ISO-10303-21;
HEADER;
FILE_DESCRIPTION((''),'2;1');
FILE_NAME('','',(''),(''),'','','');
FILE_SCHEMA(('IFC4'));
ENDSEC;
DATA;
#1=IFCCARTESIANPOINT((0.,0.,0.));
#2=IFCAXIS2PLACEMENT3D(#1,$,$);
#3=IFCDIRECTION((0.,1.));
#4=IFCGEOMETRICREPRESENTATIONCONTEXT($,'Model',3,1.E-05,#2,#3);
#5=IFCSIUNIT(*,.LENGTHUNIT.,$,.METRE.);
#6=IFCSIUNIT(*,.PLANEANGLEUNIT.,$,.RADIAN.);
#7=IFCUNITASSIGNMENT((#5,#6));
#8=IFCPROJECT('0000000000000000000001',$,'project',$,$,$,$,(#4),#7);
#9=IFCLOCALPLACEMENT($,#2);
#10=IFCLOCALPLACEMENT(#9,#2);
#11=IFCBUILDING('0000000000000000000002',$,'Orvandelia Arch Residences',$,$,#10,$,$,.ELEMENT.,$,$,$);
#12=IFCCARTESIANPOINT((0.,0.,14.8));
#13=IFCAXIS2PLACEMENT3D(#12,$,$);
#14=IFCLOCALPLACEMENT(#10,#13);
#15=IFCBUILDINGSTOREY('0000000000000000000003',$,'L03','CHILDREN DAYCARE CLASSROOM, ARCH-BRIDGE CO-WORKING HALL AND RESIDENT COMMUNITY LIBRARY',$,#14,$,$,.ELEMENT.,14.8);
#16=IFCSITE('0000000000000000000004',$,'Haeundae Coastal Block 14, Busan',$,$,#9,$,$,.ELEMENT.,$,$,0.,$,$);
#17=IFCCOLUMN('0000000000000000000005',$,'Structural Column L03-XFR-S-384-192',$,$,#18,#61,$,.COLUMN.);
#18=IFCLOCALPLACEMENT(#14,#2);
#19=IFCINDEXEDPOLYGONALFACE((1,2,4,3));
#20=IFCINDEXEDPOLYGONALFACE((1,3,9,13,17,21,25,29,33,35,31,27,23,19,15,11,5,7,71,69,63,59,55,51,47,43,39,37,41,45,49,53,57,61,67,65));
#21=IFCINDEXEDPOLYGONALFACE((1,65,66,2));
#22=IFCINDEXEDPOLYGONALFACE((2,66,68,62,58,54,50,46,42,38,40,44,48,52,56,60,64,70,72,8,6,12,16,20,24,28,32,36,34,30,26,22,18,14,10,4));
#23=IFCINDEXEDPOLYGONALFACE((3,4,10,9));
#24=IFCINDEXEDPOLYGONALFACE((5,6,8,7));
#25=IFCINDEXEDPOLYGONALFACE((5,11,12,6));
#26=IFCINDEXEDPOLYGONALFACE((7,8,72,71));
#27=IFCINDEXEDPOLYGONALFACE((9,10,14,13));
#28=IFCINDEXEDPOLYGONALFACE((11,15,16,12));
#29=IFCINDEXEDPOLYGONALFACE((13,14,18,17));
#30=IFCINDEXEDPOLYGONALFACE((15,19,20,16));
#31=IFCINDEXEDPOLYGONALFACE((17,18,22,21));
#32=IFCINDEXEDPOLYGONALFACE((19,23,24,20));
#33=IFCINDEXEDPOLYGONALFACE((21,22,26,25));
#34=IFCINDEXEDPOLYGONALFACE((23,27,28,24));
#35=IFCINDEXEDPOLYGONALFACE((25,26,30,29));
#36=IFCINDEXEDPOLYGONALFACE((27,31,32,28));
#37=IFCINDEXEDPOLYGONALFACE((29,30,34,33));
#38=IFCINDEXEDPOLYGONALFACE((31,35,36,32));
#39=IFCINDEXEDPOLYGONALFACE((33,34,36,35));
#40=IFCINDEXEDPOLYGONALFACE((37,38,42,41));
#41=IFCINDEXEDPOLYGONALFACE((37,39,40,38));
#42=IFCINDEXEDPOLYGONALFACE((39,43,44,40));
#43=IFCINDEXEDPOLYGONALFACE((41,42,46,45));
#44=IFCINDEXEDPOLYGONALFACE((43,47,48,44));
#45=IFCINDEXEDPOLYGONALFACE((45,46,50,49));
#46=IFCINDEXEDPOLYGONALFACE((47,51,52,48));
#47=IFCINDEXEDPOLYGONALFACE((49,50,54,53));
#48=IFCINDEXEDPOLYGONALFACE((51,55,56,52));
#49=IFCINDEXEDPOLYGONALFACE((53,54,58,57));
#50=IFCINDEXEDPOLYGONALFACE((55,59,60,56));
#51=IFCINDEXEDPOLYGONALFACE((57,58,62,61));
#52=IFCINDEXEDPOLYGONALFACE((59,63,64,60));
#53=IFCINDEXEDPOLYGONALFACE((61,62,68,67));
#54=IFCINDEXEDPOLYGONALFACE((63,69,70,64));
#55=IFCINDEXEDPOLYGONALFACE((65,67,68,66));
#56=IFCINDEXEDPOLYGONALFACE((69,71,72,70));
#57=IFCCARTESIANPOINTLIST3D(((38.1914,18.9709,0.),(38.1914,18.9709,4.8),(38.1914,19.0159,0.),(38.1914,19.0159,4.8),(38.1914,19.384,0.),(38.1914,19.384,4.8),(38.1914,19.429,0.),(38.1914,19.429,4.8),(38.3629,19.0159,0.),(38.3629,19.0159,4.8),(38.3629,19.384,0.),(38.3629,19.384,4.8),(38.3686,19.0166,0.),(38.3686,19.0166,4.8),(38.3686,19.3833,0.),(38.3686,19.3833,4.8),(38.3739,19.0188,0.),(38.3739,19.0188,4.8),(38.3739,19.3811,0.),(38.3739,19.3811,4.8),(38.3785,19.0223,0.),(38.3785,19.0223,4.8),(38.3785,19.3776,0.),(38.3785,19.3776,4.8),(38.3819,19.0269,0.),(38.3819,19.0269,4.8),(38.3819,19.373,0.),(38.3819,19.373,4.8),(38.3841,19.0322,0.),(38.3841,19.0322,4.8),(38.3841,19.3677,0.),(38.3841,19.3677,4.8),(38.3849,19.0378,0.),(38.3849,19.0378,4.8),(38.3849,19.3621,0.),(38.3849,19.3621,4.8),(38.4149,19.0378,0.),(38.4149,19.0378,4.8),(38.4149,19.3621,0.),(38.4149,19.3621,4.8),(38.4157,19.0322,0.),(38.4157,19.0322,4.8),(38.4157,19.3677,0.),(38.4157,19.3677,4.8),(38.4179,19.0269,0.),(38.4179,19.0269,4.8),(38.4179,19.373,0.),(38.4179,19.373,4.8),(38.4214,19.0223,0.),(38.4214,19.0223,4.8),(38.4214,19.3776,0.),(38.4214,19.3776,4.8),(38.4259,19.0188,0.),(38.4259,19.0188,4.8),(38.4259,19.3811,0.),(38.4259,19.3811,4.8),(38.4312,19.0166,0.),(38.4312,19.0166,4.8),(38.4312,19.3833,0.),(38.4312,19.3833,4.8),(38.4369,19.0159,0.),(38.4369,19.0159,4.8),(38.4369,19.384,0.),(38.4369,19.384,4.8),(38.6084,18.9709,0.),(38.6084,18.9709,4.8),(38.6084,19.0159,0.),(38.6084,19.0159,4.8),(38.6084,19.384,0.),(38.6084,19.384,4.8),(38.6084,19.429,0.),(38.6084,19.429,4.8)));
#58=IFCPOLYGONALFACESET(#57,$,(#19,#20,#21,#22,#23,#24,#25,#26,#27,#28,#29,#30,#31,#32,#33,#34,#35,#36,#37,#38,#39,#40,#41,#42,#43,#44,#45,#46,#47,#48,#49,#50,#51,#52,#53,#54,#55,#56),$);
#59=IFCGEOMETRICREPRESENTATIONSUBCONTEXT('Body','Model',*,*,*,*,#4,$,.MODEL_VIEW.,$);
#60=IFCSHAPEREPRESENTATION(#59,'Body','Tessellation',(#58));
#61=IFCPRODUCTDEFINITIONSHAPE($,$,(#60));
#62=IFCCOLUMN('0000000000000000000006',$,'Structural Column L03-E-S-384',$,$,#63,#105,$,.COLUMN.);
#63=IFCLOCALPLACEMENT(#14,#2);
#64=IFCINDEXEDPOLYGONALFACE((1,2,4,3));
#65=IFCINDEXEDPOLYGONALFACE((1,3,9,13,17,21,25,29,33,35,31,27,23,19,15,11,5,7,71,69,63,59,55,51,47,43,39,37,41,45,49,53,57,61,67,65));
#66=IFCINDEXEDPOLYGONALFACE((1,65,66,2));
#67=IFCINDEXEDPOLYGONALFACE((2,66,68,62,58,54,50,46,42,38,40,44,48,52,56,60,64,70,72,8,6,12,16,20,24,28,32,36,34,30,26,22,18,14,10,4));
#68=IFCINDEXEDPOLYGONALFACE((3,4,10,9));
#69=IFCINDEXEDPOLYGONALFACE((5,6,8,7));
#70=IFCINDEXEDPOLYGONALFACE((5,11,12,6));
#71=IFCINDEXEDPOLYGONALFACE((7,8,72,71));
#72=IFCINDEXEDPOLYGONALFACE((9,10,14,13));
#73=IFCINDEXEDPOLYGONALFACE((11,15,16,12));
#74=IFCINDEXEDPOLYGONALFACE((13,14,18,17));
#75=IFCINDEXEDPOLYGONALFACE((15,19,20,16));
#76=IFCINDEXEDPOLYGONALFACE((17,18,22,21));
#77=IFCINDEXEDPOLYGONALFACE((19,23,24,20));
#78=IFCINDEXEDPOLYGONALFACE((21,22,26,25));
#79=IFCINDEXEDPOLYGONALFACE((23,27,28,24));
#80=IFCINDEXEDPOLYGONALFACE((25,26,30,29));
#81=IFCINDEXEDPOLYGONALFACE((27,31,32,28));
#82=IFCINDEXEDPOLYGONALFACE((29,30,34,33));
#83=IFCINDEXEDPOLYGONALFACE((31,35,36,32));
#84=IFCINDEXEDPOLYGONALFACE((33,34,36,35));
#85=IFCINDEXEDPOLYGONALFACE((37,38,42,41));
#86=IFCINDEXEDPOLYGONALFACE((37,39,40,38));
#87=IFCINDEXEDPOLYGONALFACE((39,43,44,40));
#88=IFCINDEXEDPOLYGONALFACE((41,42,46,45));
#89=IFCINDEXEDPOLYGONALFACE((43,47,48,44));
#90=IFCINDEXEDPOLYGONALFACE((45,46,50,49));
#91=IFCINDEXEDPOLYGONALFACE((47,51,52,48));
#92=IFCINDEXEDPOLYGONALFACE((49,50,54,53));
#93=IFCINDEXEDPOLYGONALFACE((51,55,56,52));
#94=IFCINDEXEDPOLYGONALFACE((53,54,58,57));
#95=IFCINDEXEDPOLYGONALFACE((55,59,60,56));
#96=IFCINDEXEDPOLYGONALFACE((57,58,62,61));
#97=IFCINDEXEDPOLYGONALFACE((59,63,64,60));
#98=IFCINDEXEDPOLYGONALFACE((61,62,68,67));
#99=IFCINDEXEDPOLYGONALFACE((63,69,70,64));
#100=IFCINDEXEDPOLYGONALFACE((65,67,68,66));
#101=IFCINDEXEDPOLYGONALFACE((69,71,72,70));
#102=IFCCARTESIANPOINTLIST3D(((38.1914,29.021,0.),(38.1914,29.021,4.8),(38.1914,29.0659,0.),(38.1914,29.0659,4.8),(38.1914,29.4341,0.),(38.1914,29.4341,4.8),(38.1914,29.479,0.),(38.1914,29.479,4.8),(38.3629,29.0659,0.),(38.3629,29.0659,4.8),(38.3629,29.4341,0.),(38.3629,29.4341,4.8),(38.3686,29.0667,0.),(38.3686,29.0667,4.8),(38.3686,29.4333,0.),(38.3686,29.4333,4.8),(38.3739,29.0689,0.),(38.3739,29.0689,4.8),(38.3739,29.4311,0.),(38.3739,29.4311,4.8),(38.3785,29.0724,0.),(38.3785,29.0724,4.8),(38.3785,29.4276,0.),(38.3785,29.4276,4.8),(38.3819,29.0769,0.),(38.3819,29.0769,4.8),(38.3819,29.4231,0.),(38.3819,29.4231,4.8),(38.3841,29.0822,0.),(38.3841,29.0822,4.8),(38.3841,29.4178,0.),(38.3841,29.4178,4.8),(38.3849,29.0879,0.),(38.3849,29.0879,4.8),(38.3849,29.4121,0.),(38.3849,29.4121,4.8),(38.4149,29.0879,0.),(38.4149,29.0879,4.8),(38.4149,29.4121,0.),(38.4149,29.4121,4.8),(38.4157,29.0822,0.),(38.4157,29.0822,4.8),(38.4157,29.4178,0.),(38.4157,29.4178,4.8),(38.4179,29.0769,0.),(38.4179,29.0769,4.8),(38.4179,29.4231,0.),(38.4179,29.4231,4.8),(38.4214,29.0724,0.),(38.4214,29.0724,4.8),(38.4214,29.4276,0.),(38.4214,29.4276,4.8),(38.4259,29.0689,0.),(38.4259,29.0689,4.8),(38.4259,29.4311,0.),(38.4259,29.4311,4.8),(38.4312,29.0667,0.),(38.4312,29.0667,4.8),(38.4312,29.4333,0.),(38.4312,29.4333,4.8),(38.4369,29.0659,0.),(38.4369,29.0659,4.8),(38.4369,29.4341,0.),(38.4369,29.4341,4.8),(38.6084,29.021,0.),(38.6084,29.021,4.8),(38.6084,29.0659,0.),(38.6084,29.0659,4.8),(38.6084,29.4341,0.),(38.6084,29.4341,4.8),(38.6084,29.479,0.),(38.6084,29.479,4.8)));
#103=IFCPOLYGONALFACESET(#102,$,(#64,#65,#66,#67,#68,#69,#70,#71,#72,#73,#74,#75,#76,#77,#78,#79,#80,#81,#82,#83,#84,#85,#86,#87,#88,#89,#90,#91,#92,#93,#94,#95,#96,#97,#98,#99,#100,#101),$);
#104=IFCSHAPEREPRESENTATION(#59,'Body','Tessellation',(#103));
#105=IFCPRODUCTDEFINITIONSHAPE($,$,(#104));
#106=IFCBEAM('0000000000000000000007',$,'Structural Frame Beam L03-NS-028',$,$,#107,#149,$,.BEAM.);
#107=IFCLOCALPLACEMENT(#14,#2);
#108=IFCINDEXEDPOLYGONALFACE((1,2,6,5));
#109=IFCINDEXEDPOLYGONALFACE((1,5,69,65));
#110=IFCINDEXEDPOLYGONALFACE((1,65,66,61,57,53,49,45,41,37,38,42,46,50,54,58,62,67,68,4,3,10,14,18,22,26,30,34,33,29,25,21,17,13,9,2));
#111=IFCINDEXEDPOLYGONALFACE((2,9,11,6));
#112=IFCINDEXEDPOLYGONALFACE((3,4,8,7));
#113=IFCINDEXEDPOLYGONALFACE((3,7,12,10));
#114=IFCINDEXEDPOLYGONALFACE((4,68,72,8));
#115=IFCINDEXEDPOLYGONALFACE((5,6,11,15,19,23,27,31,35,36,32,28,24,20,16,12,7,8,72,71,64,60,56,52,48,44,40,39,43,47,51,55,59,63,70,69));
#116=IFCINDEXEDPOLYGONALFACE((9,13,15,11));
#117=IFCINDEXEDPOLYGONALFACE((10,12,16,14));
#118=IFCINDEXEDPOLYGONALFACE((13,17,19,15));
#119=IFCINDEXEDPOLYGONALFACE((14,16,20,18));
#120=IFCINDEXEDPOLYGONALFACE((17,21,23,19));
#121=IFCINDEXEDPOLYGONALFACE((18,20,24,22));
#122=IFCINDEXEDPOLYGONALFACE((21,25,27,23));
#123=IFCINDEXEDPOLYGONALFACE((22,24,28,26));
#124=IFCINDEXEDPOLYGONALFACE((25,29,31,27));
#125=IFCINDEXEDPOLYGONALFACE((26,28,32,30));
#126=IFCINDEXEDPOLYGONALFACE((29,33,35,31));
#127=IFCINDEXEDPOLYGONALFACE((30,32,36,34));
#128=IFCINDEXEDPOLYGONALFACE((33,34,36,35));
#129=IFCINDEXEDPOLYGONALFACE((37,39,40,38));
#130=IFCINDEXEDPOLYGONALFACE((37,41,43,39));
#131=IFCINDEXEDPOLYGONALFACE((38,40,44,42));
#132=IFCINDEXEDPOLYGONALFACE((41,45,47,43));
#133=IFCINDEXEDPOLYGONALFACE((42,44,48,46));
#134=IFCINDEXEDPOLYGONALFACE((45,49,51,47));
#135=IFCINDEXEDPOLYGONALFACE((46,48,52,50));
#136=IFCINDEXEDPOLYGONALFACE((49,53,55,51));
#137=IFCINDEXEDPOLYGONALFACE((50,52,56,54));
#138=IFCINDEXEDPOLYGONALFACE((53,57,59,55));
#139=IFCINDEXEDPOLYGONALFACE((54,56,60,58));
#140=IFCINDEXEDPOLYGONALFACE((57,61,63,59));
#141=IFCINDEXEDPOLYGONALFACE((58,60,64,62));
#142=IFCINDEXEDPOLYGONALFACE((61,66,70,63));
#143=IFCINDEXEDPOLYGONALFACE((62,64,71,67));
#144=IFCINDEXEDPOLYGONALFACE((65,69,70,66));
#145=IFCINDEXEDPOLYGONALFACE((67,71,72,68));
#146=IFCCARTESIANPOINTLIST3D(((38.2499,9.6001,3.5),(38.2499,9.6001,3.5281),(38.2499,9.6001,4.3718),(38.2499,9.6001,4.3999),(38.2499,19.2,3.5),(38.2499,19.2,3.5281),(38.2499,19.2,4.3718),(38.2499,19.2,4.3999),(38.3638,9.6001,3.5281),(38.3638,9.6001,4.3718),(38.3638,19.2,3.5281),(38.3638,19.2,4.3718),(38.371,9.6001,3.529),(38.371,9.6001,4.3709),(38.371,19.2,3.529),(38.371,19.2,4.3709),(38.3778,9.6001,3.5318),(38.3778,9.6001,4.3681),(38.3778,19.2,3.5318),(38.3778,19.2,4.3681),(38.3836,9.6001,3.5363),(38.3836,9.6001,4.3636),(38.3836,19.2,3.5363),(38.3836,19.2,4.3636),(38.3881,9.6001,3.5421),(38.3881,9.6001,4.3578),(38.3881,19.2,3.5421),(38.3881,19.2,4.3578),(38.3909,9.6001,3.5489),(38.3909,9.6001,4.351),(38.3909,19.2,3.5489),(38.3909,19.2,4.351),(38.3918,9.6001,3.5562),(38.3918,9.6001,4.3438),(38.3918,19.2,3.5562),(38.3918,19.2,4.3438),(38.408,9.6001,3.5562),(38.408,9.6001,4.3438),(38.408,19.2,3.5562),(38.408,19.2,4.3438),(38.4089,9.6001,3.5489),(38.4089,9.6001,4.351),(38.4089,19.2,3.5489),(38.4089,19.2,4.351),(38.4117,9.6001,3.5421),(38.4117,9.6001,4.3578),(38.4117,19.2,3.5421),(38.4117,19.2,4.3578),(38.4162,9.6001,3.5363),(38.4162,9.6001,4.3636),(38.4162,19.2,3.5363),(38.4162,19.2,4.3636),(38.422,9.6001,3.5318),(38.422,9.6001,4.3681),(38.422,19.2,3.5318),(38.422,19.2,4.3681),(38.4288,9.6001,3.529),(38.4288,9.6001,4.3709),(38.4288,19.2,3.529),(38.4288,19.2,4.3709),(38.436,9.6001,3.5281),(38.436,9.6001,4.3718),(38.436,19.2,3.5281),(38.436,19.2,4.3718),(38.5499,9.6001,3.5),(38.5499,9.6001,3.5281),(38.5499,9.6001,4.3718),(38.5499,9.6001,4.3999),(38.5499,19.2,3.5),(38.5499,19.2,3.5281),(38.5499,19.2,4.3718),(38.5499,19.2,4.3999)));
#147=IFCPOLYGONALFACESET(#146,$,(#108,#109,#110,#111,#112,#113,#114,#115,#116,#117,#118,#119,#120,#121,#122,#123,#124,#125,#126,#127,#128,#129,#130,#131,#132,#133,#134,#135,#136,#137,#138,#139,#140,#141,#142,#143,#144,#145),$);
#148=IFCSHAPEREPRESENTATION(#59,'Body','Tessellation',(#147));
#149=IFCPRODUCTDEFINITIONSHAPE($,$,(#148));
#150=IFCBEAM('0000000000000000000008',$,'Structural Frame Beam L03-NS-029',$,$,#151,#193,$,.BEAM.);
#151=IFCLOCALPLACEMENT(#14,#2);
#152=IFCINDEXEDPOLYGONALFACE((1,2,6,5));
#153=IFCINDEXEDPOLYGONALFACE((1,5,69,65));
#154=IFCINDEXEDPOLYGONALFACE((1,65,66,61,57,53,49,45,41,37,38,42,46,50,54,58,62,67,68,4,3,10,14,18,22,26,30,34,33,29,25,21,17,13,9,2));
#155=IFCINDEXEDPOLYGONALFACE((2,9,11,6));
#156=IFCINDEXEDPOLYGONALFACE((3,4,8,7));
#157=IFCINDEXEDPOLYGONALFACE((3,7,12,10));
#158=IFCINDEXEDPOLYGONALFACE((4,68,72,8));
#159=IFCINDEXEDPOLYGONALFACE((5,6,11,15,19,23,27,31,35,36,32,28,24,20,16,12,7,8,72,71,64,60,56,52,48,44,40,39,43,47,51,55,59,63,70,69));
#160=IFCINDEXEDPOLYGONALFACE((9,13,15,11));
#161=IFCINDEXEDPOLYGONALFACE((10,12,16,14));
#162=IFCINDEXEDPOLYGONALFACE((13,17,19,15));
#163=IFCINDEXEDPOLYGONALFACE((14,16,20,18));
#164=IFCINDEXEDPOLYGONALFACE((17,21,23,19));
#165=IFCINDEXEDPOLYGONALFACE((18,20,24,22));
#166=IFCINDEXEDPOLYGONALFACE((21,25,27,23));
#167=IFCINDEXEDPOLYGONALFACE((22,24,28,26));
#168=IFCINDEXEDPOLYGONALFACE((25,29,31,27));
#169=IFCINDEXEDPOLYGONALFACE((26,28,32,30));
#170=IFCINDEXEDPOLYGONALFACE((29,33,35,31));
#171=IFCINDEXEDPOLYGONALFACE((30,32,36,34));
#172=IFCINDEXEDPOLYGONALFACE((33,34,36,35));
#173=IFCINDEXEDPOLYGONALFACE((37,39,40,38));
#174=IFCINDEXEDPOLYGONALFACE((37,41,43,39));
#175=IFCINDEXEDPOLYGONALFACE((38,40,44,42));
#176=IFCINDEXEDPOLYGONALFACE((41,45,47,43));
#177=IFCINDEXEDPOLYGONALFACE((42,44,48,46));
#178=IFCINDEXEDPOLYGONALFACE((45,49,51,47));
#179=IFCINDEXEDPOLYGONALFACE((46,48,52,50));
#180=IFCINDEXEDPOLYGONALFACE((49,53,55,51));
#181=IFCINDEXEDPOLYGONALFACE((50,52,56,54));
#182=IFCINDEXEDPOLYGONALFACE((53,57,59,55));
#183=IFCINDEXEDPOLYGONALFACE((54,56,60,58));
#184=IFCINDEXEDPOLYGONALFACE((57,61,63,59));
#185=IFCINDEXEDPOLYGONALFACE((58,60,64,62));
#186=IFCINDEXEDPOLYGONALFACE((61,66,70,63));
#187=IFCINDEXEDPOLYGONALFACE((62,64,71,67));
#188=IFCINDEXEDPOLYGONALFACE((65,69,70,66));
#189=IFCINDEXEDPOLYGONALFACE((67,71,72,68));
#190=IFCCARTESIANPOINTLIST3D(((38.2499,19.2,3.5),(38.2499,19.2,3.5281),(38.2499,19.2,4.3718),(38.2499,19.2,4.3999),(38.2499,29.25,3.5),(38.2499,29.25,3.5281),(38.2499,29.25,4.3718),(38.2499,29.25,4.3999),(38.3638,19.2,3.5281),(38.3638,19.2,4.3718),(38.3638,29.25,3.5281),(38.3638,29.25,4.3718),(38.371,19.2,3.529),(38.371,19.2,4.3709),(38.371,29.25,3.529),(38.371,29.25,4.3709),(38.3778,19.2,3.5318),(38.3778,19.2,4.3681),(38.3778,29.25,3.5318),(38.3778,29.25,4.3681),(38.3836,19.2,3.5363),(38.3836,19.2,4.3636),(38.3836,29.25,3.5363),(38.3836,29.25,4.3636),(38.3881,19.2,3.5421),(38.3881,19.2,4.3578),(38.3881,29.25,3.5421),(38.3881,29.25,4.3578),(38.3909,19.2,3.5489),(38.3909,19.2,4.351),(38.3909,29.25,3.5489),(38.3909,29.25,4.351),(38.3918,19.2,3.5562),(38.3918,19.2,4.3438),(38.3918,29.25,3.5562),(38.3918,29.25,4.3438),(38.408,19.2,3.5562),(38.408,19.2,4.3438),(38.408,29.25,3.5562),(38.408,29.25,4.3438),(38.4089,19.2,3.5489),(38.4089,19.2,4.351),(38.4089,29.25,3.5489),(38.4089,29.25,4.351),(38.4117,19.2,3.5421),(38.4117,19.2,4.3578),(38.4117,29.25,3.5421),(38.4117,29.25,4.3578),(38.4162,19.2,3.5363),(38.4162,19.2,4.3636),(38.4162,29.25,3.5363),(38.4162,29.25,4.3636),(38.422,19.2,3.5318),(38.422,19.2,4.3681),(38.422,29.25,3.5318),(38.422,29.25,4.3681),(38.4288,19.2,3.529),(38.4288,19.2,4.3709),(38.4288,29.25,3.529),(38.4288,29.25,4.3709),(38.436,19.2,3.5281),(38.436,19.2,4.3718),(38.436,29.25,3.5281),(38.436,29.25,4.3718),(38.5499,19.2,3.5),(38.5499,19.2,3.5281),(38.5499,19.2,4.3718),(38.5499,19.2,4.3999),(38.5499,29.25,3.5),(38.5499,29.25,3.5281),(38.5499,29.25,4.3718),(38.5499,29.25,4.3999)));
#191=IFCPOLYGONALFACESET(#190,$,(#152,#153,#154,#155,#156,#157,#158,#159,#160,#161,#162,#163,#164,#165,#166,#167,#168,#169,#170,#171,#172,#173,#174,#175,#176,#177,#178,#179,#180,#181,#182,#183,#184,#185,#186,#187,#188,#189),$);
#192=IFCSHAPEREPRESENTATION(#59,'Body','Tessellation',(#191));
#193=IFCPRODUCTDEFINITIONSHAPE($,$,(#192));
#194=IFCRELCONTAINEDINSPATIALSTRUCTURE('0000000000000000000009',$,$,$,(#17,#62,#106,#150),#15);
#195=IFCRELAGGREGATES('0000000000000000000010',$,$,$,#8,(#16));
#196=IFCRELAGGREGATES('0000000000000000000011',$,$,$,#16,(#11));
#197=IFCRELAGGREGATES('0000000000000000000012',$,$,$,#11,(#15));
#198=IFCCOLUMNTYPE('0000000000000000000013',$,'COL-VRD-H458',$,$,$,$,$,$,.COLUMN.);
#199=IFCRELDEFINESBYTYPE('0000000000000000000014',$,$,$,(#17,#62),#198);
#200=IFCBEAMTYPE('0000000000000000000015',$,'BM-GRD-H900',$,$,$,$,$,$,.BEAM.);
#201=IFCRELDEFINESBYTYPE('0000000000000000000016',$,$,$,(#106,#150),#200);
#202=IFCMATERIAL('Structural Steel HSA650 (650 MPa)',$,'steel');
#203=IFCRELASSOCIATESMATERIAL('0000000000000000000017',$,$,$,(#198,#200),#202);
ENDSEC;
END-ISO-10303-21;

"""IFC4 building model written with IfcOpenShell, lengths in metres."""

from ifc_helpers import new_model, si_unit, direction, frame, origin, origin_2d, place, context, subcontext, project, spatial, i_section, extrude, material, material_profile, profile_set, type_object, element, save


model = new_model("IFC4")

# Units and contexts
model_context = context("Model", 3, precision=1e-05, world=origin(), true_north=direction((0.0, 1.0)))
body_context = subcontext(model_context, "Body", "Model", "MODEL_VIEW")
ifc_project = project(units=[si_unit("LENGTHUNIT", "METRE"), si_unit("PLANEANGLEUNIT", "RADIAN")], contexts=[model_context])

# Site, building, storey
site_placement = place(None, origin())
site = spatial("IfcSite", under=ifc_project, at=site_placement, Name="Haeundae Coastal Block 14, Busan", CompositionType="ELEMENT", RefElevation=0.0)
building_placement = place(site_placement, origin())
building = spatial("IfcBuilding", under=site, at=building_placement, Name="Orvandelia Arch Residences", CompositionType="ELEMENT")
storey_placement = place(building_placement, frame((0.0, 0.0, 14.8)))
storey = spatial("IfcBuildingStorey", under=building, at=storey_placement, Name="L03", Description="CHILDREN DAYCARE CLASSROOM, ARCH-BRIDGE CO-WORKING HALL AND RESIDENT COMMUNITY LIBRARY", CompositionType="ELEMENT", Elevation=14.8)

# Columns
ifc_material_1 = material(Name="Structural Steel HSA650 (650 MPa)", Category="steel")
ifc_material_profile_1 = material_profile(ifc_material_1, i_section(OverallWidth=0.417, OverallDepth=0.458, WebThickness=0.03, FlangeThickness=0.0449, FilletRadius=0.022, at=origin_2d()), Name="Structural Steel HSA650 (650 MPa)", Category="steel")
ifc_profile_set_1 = profile_set([ifc_material_profile_1], Name="Structural Steel HSA650 (650 MPa)")
column_type_1 = type_object("IfcColumnType", Name="COL-VRD-H458", PredefinedType="COLUMN", material=ifc_profile_set_1)
for number, where, z_axis, x_axis, name in (
    (1, (38.3999, 19.2, 0.0), (0.0, 0.0, 1.0), (1.0, 0.0, 0.0), "Structural Column L03-XFR-S-384-192"),
    (2, (38.3999, 29.25, 0.0), (0.0, 0.0, 1.0), (1.0, 0.0, 0.0), "Structural Column L03-E-S-384"),
):
    element("IfcColumn", number, at=place(storey_placement, frame(where, z_axis=z_axis, x_axis=x_axis)), inside=storey, type_object=column_type_1, Name=name, PredefinedType="COLUMN", context=body_context, shape_type="SweptSolid", body=[
        extrude(i_section(OverallWidth=0.417, OverallDepth=0.458, WebThickness=0.03, FlangeThickness=0.0449, FilletRadius=0.022, at=origin_2d()), origin(), (0.0, 0.0, 1.0), 4.8),
    ])

# Beams
ifc_material_profile_2 = material_profile(ifc_material_1, i_section(OverallWidth=0.3, OverallDepth=0.8999, WebThickness=0.0161, FlangeThickness=0.0281, FilletRadius=0.0281, at=origin_2d()), Name="Structural Steel HSA650 (650 MPa)", Category="steel")
ifc_profile_set_2 = profile_set([ifc_material_profile_2], Name="Structural Steel HSA650 (650 MPa)")
beam_type_1 = type_object("IfcBeamType", Name="BM-GRD-H900", PredefinedType="BEAM", material=ifc_profile_set_2)
beam_1_placement = place(storey_placement, frame((38.3999, 9.6001, 3.95), z_axis=(0.0, 1.0, 0.0), x_axis=(-1.0, 0.0, 0.0)))
element("IfcBeam", 3, at=beam_1_placement, inside=storey, type_object=beam_type_1, Name="Structural Frame Beam L03-NS-028", PredefinedType="BEAM", context=body_context, shape_type="SweptSolid", body=[
    extrude(i_section(OverallWidth=0.3, OverallDepth=0.8999, WebThickness=0.0161, FlangeThickness=0.0281, FilletRadius=0.0281, at=origin_2d()), origin(), (0.0, 0.0, 1.0), 9.5999),
])
beam_2_placement = place(storey_placement, frame((38.3999, 19.2, 3.95), z_axis=(0.0, 1.0, 0.0), x_axis=(-1.0, 0.0, 0.0)))
element("IfcBeam", 4, at=beam_2_placement, inside=storey, type_object=beam_type_1, Name="Structural Frame Beam L03-NS-029", PredefinedType="BEAM", context=body_context, shape_type="SweptSolid", body=[
    extrude(i_section(OverallWidth=0.3, OverallDepth=0.8999, WebThickness=0.0161, FlangeThickness=0.0281, FilletRadius=0.0281, at=origin_2d()), origin(), (0.0, 0.0, 1.0), 10.05),
])

save(model, "model.ifc")
